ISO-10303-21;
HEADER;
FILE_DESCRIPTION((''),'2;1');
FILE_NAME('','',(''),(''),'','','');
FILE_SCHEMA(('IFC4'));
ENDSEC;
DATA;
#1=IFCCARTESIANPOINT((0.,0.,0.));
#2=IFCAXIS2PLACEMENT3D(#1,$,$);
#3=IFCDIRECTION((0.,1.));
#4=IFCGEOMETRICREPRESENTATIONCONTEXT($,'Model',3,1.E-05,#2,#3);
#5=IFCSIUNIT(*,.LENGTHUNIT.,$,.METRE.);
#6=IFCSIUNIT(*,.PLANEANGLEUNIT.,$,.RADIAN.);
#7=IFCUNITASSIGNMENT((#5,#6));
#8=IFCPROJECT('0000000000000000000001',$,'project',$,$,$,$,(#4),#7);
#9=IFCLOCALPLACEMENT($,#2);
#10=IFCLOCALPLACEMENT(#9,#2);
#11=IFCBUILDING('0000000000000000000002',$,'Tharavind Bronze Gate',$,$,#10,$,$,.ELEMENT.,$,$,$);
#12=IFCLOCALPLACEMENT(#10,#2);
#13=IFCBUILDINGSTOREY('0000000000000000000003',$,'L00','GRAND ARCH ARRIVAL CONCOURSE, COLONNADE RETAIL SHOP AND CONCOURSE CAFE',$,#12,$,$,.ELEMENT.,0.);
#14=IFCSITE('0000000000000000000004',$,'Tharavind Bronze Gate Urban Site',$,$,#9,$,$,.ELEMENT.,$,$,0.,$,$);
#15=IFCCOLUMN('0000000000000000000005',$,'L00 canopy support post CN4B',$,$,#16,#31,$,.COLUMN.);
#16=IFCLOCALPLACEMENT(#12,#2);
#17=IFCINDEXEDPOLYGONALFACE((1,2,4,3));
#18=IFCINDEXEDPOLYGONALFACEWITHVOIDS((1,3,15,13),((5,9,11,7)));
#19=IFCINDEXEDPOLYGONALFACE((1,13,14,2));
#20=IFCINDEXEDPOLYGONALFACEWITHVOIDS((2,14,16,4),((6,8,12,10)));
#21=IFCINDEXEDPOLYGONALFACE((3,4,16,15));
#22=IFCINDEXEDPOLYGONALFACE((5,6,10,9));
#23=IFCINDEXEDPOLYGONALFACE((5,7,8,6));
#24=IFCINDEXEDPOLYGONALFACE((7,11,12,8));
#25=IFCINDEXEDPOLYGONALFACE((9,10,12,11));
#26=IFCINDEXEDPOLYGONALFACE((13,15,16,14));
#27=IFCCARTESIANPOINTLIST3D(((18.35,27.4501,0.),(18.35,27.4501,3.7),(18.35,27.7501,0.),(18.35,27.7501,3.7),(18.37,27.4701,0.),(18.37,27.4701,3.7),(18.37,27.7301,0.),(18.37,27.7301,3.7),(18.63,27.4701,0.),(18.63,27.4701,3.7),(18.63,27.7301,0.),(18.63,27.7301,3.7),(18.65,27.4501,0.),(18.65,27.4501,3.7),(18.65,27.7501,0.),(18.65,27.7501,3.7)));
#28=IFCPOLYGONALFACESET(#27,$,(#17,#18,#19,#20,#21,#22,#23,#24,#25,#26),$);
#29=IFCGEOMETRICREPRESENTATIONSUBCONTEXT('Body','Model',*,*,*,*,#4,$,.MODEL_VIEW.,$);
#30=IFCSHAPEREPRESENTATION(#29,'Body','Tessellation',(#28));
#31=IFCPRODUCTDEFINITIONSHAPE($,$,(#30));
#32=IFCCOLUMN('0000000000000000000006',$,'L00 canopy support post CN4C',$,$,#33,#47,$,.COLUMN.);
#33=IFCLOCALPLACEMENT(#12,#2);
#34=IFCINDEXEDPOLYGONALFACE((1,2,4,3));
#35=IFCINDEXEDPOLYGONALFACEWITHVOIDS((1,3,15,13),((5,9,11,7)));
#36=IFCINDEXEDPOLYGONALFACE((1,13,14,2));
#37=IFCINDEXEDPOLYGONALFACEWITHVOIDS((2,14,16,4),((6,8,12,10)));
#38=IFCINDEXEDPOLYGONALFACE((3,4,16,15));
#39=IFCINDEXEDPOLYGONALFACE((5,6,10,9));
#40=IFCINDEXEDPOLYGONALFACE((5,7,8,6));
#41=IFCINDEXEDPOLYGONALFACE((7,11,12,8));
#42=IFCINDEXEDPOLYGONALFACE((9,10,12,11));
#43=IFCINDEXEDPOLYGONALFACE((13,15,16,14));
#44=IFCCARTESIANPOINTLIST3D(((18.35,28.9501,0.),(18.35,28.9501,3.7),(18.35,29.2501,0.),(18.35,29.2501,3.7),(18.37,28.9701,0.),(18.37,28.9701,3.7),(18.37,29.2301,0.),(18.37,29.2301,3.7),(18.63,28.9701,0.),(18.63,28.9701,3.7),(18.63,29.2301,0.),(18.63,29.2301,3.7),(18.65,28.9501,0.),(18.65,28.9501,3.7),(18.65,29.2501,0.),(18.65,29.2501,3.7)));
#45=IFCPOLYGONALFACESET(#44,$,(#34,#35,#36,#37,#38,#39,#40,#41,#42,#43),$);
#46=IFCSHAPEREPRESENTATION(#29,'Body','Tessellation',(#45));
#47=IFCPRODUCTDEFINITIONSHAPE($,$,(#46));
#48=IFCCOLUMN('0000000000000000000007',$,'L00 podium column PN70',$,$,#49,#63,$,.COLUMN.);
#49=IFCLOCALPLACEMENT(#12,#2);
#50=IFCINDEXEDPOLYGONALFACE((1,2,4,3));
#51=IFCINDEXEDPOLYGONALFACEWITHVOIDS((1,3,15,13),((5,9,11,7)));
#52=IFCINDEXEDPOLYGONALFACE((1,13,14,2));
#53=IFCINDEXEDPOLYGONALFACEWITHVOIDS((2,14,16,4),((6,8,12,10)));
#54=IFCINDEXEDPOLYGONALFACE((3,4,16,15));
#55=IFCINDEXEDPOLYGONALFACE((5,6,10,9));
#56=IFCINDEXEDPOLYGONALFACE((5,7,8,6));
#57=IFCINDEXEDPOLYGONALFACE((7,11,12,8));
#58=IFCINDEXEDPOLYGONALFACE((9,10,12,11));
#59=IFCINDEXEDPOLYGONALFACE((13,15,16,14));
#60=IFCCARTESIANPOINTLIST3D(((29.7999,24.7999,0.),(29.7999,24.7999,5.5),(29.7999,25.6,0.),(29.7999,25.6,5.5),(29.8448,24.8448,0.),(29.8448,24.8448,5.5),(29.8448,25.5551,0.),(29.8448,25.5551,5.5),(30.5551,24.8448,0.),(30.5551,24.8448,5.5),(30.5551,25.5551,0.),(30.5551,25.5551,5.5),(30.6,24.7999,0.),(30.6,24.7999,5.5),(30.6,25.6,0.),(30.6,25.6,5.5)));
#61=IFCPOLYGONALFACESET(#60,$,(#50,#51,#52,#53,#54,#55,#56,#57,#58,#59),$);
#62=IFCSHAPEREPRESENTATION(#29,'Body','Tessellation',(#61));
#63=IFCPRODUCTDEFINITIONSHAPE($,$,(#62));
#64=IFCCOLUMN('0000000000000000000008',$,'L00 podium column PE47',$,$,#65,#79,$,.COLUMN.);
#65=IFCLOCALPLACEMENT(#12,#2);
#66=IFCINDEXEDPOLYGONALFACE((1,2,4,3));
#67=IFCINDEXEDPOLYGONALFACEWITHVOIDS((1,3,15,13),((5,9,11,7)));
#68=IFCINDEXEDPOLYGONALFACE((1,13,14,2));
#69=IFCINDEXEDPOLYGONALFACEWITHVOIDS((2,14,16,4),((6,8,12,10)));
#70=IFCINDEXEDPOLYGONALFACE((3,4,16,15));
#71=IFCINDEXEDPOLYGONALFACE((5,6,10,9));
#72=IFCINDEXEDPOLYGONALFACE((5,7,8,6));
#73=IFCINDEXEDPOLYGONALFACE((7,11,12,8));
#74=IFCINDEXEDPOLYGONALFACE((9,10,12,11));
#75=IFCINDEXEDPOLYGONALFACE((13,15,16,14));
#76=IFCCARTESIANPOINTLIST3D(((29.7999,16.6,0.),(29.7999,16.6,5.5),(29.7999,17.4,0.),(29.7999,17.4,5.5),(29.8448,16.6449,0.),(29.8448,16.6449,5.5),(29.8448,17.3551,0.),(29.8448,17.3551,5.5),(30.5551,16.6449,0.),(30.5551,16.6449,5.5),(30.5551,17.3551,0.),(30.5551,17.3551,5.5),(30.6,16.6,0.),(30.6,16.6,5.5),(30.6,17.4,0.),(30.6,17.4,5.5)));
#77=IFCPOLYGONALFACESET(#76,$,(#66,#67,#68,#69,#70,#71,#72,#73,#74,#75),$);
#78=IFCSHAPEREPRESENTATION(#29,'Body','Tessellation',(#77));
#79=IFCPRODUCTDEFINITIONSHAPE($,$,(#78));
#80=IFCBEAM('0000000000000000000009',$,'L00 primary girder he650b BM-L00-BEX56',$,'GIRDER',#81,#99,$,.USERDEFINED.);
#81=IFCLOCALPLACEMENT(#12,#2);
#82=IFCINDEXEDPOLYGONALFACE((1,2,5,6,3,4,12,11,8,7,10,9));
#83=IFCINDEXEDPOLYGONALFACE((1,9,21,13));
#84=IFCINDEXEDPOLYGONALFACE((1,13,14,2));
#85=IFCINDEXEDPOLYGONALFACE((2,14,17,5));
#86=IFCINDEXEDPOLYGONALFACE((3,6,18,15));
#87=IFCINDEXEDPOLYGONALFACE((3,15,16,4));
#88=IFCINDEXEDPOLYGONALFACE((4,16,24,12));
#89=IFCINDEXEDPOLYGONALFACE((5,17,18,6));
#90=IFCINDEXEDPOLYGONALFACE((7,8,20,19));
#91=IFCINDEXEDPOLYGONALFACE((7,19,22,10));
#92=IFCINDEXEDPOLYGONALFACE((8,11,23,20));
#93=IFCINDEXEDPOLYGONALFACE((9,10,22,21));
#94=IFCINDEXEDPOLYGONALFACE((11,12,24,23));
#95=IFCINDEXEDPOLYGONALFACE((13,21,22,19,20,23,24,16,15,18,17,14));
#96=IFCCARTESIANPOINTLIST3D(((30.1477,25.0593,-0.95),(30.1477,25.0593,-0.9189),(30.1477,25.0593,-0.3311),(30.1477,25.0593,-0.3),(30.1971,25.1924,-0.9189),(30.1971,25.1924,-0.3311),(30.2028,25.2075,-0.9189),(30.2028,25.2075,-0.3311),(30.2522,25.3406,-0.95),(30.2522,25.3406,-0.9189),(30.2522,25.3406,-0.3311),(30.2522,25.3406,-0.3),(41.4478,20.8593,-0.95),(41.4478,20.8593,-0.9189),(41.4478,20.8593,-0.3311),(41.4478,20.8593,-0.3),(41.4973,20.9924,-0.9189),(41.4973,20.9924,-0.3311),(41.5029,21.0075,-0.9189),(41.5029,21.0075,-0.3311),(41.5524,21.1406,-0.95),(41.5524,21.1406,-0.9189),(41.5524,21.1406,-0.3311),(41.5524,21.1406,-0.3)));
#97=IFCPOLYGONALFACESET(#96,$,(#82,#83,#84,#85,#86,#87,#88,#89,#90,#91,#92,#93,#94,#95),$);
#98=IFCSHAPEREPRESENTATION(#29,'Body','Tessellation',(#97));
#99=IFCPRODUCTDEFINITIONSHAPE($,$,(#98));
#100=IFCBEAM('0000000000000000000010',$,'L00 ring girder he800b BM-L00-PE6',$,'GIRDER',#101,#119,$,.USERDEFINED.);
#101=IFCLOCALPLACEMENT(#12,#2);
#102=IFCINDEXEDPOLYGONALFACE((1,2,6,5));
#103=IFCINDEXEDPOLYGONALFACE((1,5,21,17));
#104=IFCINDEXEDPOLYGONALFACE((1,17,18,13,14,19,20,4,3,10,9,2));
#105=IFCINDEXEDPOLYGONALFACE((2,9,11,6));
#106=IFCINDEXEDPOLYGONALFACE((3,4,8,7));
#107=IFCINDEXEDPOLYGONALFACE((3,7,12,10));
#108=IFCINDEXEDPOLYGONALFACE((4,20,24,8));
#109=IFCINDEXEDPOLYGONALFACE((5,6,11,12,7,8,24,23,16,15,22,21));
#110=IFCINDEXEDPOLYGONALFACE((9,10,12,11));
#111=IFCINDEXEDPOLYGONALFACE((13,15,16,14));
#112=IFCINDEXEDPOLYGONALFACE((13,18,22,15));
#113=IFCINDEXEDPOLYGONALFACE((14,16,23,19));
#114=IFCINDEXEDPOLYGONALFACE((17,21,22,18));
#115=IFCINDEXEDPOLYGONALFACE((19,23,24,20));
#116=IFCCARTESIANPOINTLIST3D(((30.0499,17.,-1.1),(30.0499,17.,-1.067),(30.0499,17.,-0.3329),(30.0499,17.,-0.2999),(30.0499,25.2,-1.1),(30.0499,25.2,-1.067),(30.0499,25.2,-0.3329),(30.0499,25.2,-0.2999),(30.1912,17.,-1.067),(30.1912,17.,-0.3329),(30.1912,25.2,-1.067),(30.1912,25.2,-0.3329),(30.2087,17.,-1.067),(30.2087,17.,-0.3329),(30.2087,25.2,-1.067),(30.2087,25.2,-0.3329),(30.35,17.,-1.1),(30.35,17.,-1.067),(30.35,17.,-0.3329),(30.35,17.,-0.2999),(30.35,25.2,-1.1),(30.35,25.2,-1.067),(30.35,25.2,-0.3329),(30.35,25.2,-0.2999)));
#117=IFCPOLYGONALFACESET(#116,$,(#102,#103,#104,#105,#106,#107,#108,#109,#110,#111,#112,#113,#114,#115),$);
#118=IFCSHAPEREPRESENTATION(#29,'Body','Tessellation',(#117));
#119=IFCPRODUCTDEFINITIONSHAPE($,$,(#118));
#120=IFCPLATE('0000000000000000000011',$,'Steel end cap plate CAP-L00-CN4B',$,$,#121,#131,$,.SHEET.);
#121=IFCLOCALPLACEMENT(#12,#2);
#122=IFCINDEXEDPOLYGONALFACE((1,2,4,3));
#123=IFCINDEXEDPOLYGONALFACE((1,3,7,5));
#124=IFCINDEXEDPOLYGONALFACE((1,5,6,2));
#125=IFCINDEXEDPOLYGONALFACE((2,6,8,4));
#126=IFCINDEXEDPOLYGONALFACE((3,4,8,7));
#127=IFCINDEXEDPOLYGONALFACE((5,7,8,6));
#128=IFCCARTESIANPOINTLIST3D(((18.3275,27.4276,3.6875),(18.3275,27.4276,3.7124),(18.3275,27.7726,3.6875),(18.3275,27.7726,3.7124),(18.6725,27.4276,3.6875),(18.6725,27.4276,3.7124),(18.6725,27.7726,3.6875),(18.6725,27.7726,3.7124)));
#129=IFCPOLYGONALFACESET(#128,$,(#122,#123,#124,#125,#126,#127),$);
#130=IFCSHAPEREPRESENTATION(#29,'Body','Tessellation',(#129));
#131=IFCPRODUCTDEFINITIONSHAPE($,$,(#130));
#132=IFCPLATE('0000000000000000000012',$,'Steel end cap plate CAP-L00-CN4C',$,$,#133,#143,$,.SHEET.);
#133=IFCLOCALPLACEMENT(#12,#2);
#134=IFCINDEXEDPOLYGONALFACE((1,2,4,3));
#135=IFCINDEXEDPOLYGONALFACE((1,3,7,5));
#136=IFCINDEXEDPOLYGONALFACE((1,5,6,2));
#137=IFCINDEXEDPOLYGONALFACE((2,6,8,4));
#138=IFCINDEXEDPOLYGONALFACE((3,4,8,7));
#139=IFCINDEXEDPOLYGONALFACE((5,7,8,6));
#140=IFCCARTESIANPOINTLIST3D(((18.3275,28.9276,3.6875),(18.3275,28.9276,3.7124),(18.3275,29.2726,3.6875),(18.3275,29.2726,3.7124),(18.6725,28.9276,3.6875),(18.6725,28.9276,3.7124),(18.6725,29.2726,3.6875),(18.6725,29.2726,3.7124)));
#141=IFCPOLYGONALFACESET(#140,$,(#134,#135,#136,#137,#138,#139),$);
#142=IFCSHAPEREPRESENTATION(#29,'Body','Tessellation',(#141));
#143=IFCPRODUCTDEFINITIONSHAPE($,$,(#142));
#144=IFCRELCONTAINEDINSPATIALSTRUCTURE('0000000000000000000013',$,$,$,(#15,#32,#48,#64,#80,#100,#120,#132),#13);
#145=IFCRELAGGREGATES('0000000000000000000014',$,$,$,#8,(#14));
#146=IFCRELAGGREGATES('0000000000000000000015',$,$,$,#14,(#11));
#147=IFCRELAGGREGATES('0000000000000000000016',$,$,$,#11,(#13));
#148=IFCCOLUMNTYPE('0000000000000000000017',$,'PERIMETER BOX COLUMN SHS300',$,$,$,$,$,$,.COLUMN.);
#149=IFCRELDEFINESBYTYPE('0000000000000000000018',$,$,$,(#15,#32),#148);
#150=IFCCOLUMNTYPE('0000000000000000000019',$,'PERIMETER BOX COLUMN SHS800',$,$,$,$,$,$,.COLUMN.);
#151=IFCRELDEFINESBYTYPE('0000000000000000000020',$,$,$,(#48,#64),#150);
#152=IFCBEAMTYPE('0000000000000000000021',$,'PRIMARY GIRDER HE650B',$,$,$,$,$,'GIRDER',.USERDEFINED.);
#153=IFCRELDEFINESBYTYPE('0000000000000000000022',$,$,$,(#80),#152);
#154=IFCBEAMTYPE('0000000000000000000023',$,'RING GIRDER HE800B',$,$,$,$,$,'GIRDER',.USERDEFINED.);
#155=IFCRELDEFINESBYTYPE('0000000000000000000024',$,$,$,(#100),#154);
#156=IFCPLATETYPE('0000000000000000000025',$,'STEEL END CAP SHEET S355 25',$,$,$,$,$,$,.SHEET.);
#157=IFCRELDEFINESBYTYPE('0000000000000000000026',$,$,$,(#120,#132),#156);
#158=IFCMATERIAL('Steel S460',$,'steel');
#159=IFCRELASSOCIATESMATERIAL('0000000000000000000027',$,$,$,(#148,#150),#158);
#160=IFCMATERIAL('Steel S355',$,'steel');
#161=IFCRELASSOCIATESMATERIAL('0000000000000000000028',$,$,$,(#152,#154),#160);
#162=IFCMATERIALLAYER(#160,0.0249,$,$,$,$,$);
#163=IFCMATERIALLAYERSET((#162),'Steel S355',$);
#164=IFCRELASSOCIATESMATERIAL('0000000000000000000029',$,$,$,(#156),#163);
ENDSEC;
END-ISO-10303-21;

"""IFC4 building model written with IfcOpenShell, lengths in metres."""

from ifc_helpers import new_model, si_unit, direction, frame, origin, origin_2d, place, context, subcontext, project, spatial, rectangle, hollow_rectangle, i_section, extrude, material, layer, layer_set, material_profile, profile_set, type_object, element, save


model = new_model("IFC4")

# Units and contexts
model_context = context("Model", 3, precision=1e-05, world=origin(), true_north=direction((0.0, 1.0)))
body_context = subcontext(model_context, "Body", "Model", "MODEL_VIEW")
ifc_project = project(units=[si_unit("LENGTHUNIT", "METRE"), si_unit("PLANEANGLEUNIT", "RADIAN")], contexts=[model_context])

# Site, building, storey
site_placement = place(None, origin())
site = spatial("IfcSite", under=ifc_project, at=site_placement, Name="Tharavind Bronze Gate Urban Site", CompositionType="ELEMENT", RefElevation=0.0)
building_placement = place(site_placement, origin())
building = spatial("IfcBuilding", under=site, at=building_placement, Name="Tharavind Bronze Gate", CompositionType="ELEMENT")
storey_placement = place(building_placement, origin())
storey = spatial("IfcBuildingStorey", under=building, at=storey_placement, Name="L00", Description="GRAND ARCH ARRIVAL CONCOURSE, COLONNADE RETAIL SHOP AND CONCOURSE CAFE", CompositionType="ELEMENT", Elevation=0.0)

# Columns
ifc_material_1 = material(Name="Steel S460", Category="steel")
ifc_material_profile_1 = material_profile(ifc_material_1, hollow_rectangle(XDim=0.3, YDim=0.3, WallThickness=0.02, at=origin_2d()), Name="SHS300X20")
ifc_profile_set_1 = profile_set([ifc_material_profile_1], Name="Steel S460")
column_type_1 = type_object("IfcColumnType", Name="PERIMETER BOX COLUMN SHS300", PredefinedType="COLUMN", material=ifc_profile_set_1)
for number, where, z_axis, x_axis, name in (
    (1, (18.5, 27.6001, 0.0), (0.0, 0.0, 1.0), (1.0, 0.0, 0.0), "L00 canopy support post CN4B"),
    (2, (18.5, 29.1001, 0.0), (0.0, 0.0, 1.0), (1.0, 0.0, 0.0), "L00 canopy support post CN4C"),
):
    element("IfcColumn", number, at=place(storey_placement, frame(where, z_axis=z_axis, x_axis=x_axis)), inside=storey, type_object=column_type_1, Name=name, PredefinedType="COLUMN", context=body_context, shape_type="SweptSolid", body=[
        extrude(hollow_rectangle(XDim=0.3, YDim=0.3, WallThickness=0.02, at=origin_2d()), origin(), (0.0, 0.0, 1.0), 3.7),
    ])
ifc_material_profile_2 = material_profile(ifc_material_1, hollow_rectangle(XDim=0.8, YDim=0.8, WallThickness=0.0449, at=origin_2d()), Name="SHS800X45")
ifc_profile_set_2 = profile_set([ifc_material_profile_2], Name="Steel S460")
column_type_2 = type_object("IfcColumnType", Name="PERIMETER BOX COLUMN SHS800", PredefinedType="COLUMN", material=ifc_profile_set_2)
for number, where, z_axis, x_axis, name in (
    (3, (30.2, 25.2, 0.0), (0.0, 0.0, 1.0), (1.0, 0.0, 0.0), "L00 podium column PN70"),
    (4, (30.2, 17.0, 0.0), (0.0, 0.0, 1.0), (1.0, 0.0, 0.0), "L00 podium column PE47"),
):
    element("IfcColumn", number, at=place(storey_placement, frame(where, z_axis=z_axis, x_axis=x_axis)), inside=storey, type_object=column_type_2, Name=name, PredefinedType="COLUMN", context=body_context, shape_type="SweptSolid", body=[
        extrude(hollow_rectangle(XDim=0.8, YDim=0.8, WallThickness=0.0449, at=origin_2d()), origin(), (0.0, 0.0, 1.0), 5.5),
    ])

# Beams
ifc_material_2 = material(Name="Steel S355", Category="steel")
ifc_material_profile_3 = material_profile(ifc_material_2, i_section(OverallWidth=0.3, OverallDepth=0.6499, WebThickness=0.0161, FlangeThickness=0.031, at=origin_2d()), Name="HE650B")
ifc_profile_set_3 = profile_set([ifc_material_profile_3], Name="Steel S355")
beam_type_1 = type_object("IfcBeamType", Name="PRIMARY GIRDER HE650B", ElementType="GIRDER", PredefinedType="USERDEFINED", material=ifc_profile_set_3)
beam_1_placement = place(storey_placement, frame((30.2, 25.2, -0.625), z_axis=(0.93735, -0.34839, 0.0), x_axis=(0.34839, 0.93735, 0.0)))
element("IfcBeam", 5, at=beam_1_placement, inside=storey, type_object=beam_type_1, Name="L00 primary girder he650b BM-L00-BEX56", ObjectType="GIRDER", PredefinedType="USERDEFINED", context=body_context, shape_type="SweptSolid", body=[
    extrude(i_section(OverallWidth=0.3, OverallDepth=0.6499, WebThickness=0.0161, FlangeThickness=0.031, at=origin_2d()), origin(), (0.0, 0.0, 1.0), 12.0554),
])
ifc_material_profile_4 = material_profile(ifc_material_2, i_section(OverallWidth=0.3, OverallDepth=0.8, WebThickness=0.0176, FlangeThickness=0.033, at=origin_2d()), Name="HE800B")
ifc_profile_set_4 = profile_set([ifc_material_profile_4], Name="Steel S355")
beam_type_2 = type_object("IfcBeamType", Name="RING GIRDER HE800B", ElementType="GIRDER", PredefinedType="USERDEFINED", material=ifc_profile_set_4)
beam_2_placement = place(storey_placement, frame((30.2, 17.0, -0.7), z_axis=(0.0, 1.0, 0.0), x_axis=(-1.0, 0.0, 0.0)))
element("IfcBeam", 6, at=beam_2_placement, inside=storey, type_object=beam_type_2, Name="L00 ring girder he800b BM-L00-PE6", ObjectType="GIRDER", PredefinedType="USERDEFINED", context=body_context, shape_type="SweptSolid", body=[
    extrude(i_section(OverallWidth=0.3, OverallDepth=0.8, WebThickness=0.0176, FlangeThickness=0.033, at=origin_2d()), origin(), (0.0, 0.0, 1.0), 8.2),
])

# Plates
ifc_layer_1 = layer(ifc_material_2, 0.0249)
ifc_layer_set_1 = layer_set([ifc_layer_1], Name="Steel S355")
plate_type = type_object("IfcPlateType", Name="STEEL END CAP SHEET S355 25", PredefinedType="SHEET", material=ifc_layer_set_1)
for number, where, z_axis, x_axis, name in (
    (7, (18.5, 27.6001, 3.6875), (0.0, 0.0, 1.0), (1.0, 0.0, 0.0), "Steel end cap plate CAP-L00-CN4B"),
    (8, (18.5, 29.1001, 3.6875), (0.0, 0.0, 1.0), (1.0, 0.0, 0.0), "Steel end cap plate CAP-L00-CN4C"),
):
    element("IfcPlate", number, at=place(storey_placement, frame(where, z_axis=z_axis, x_axis=x_axis)), inside=storey, type_object=plate_type, Name=name, PredefinedType="SHEET", context=body_context, shape_type="SweptSolid", body=[
        extrude(rectangle(XDim=0.345, YDim=0.345, at=origin_2d()), origin(), (0.0, 0.0, 1.0), 0.0249),
    ])

save(model, "model.ifc")
